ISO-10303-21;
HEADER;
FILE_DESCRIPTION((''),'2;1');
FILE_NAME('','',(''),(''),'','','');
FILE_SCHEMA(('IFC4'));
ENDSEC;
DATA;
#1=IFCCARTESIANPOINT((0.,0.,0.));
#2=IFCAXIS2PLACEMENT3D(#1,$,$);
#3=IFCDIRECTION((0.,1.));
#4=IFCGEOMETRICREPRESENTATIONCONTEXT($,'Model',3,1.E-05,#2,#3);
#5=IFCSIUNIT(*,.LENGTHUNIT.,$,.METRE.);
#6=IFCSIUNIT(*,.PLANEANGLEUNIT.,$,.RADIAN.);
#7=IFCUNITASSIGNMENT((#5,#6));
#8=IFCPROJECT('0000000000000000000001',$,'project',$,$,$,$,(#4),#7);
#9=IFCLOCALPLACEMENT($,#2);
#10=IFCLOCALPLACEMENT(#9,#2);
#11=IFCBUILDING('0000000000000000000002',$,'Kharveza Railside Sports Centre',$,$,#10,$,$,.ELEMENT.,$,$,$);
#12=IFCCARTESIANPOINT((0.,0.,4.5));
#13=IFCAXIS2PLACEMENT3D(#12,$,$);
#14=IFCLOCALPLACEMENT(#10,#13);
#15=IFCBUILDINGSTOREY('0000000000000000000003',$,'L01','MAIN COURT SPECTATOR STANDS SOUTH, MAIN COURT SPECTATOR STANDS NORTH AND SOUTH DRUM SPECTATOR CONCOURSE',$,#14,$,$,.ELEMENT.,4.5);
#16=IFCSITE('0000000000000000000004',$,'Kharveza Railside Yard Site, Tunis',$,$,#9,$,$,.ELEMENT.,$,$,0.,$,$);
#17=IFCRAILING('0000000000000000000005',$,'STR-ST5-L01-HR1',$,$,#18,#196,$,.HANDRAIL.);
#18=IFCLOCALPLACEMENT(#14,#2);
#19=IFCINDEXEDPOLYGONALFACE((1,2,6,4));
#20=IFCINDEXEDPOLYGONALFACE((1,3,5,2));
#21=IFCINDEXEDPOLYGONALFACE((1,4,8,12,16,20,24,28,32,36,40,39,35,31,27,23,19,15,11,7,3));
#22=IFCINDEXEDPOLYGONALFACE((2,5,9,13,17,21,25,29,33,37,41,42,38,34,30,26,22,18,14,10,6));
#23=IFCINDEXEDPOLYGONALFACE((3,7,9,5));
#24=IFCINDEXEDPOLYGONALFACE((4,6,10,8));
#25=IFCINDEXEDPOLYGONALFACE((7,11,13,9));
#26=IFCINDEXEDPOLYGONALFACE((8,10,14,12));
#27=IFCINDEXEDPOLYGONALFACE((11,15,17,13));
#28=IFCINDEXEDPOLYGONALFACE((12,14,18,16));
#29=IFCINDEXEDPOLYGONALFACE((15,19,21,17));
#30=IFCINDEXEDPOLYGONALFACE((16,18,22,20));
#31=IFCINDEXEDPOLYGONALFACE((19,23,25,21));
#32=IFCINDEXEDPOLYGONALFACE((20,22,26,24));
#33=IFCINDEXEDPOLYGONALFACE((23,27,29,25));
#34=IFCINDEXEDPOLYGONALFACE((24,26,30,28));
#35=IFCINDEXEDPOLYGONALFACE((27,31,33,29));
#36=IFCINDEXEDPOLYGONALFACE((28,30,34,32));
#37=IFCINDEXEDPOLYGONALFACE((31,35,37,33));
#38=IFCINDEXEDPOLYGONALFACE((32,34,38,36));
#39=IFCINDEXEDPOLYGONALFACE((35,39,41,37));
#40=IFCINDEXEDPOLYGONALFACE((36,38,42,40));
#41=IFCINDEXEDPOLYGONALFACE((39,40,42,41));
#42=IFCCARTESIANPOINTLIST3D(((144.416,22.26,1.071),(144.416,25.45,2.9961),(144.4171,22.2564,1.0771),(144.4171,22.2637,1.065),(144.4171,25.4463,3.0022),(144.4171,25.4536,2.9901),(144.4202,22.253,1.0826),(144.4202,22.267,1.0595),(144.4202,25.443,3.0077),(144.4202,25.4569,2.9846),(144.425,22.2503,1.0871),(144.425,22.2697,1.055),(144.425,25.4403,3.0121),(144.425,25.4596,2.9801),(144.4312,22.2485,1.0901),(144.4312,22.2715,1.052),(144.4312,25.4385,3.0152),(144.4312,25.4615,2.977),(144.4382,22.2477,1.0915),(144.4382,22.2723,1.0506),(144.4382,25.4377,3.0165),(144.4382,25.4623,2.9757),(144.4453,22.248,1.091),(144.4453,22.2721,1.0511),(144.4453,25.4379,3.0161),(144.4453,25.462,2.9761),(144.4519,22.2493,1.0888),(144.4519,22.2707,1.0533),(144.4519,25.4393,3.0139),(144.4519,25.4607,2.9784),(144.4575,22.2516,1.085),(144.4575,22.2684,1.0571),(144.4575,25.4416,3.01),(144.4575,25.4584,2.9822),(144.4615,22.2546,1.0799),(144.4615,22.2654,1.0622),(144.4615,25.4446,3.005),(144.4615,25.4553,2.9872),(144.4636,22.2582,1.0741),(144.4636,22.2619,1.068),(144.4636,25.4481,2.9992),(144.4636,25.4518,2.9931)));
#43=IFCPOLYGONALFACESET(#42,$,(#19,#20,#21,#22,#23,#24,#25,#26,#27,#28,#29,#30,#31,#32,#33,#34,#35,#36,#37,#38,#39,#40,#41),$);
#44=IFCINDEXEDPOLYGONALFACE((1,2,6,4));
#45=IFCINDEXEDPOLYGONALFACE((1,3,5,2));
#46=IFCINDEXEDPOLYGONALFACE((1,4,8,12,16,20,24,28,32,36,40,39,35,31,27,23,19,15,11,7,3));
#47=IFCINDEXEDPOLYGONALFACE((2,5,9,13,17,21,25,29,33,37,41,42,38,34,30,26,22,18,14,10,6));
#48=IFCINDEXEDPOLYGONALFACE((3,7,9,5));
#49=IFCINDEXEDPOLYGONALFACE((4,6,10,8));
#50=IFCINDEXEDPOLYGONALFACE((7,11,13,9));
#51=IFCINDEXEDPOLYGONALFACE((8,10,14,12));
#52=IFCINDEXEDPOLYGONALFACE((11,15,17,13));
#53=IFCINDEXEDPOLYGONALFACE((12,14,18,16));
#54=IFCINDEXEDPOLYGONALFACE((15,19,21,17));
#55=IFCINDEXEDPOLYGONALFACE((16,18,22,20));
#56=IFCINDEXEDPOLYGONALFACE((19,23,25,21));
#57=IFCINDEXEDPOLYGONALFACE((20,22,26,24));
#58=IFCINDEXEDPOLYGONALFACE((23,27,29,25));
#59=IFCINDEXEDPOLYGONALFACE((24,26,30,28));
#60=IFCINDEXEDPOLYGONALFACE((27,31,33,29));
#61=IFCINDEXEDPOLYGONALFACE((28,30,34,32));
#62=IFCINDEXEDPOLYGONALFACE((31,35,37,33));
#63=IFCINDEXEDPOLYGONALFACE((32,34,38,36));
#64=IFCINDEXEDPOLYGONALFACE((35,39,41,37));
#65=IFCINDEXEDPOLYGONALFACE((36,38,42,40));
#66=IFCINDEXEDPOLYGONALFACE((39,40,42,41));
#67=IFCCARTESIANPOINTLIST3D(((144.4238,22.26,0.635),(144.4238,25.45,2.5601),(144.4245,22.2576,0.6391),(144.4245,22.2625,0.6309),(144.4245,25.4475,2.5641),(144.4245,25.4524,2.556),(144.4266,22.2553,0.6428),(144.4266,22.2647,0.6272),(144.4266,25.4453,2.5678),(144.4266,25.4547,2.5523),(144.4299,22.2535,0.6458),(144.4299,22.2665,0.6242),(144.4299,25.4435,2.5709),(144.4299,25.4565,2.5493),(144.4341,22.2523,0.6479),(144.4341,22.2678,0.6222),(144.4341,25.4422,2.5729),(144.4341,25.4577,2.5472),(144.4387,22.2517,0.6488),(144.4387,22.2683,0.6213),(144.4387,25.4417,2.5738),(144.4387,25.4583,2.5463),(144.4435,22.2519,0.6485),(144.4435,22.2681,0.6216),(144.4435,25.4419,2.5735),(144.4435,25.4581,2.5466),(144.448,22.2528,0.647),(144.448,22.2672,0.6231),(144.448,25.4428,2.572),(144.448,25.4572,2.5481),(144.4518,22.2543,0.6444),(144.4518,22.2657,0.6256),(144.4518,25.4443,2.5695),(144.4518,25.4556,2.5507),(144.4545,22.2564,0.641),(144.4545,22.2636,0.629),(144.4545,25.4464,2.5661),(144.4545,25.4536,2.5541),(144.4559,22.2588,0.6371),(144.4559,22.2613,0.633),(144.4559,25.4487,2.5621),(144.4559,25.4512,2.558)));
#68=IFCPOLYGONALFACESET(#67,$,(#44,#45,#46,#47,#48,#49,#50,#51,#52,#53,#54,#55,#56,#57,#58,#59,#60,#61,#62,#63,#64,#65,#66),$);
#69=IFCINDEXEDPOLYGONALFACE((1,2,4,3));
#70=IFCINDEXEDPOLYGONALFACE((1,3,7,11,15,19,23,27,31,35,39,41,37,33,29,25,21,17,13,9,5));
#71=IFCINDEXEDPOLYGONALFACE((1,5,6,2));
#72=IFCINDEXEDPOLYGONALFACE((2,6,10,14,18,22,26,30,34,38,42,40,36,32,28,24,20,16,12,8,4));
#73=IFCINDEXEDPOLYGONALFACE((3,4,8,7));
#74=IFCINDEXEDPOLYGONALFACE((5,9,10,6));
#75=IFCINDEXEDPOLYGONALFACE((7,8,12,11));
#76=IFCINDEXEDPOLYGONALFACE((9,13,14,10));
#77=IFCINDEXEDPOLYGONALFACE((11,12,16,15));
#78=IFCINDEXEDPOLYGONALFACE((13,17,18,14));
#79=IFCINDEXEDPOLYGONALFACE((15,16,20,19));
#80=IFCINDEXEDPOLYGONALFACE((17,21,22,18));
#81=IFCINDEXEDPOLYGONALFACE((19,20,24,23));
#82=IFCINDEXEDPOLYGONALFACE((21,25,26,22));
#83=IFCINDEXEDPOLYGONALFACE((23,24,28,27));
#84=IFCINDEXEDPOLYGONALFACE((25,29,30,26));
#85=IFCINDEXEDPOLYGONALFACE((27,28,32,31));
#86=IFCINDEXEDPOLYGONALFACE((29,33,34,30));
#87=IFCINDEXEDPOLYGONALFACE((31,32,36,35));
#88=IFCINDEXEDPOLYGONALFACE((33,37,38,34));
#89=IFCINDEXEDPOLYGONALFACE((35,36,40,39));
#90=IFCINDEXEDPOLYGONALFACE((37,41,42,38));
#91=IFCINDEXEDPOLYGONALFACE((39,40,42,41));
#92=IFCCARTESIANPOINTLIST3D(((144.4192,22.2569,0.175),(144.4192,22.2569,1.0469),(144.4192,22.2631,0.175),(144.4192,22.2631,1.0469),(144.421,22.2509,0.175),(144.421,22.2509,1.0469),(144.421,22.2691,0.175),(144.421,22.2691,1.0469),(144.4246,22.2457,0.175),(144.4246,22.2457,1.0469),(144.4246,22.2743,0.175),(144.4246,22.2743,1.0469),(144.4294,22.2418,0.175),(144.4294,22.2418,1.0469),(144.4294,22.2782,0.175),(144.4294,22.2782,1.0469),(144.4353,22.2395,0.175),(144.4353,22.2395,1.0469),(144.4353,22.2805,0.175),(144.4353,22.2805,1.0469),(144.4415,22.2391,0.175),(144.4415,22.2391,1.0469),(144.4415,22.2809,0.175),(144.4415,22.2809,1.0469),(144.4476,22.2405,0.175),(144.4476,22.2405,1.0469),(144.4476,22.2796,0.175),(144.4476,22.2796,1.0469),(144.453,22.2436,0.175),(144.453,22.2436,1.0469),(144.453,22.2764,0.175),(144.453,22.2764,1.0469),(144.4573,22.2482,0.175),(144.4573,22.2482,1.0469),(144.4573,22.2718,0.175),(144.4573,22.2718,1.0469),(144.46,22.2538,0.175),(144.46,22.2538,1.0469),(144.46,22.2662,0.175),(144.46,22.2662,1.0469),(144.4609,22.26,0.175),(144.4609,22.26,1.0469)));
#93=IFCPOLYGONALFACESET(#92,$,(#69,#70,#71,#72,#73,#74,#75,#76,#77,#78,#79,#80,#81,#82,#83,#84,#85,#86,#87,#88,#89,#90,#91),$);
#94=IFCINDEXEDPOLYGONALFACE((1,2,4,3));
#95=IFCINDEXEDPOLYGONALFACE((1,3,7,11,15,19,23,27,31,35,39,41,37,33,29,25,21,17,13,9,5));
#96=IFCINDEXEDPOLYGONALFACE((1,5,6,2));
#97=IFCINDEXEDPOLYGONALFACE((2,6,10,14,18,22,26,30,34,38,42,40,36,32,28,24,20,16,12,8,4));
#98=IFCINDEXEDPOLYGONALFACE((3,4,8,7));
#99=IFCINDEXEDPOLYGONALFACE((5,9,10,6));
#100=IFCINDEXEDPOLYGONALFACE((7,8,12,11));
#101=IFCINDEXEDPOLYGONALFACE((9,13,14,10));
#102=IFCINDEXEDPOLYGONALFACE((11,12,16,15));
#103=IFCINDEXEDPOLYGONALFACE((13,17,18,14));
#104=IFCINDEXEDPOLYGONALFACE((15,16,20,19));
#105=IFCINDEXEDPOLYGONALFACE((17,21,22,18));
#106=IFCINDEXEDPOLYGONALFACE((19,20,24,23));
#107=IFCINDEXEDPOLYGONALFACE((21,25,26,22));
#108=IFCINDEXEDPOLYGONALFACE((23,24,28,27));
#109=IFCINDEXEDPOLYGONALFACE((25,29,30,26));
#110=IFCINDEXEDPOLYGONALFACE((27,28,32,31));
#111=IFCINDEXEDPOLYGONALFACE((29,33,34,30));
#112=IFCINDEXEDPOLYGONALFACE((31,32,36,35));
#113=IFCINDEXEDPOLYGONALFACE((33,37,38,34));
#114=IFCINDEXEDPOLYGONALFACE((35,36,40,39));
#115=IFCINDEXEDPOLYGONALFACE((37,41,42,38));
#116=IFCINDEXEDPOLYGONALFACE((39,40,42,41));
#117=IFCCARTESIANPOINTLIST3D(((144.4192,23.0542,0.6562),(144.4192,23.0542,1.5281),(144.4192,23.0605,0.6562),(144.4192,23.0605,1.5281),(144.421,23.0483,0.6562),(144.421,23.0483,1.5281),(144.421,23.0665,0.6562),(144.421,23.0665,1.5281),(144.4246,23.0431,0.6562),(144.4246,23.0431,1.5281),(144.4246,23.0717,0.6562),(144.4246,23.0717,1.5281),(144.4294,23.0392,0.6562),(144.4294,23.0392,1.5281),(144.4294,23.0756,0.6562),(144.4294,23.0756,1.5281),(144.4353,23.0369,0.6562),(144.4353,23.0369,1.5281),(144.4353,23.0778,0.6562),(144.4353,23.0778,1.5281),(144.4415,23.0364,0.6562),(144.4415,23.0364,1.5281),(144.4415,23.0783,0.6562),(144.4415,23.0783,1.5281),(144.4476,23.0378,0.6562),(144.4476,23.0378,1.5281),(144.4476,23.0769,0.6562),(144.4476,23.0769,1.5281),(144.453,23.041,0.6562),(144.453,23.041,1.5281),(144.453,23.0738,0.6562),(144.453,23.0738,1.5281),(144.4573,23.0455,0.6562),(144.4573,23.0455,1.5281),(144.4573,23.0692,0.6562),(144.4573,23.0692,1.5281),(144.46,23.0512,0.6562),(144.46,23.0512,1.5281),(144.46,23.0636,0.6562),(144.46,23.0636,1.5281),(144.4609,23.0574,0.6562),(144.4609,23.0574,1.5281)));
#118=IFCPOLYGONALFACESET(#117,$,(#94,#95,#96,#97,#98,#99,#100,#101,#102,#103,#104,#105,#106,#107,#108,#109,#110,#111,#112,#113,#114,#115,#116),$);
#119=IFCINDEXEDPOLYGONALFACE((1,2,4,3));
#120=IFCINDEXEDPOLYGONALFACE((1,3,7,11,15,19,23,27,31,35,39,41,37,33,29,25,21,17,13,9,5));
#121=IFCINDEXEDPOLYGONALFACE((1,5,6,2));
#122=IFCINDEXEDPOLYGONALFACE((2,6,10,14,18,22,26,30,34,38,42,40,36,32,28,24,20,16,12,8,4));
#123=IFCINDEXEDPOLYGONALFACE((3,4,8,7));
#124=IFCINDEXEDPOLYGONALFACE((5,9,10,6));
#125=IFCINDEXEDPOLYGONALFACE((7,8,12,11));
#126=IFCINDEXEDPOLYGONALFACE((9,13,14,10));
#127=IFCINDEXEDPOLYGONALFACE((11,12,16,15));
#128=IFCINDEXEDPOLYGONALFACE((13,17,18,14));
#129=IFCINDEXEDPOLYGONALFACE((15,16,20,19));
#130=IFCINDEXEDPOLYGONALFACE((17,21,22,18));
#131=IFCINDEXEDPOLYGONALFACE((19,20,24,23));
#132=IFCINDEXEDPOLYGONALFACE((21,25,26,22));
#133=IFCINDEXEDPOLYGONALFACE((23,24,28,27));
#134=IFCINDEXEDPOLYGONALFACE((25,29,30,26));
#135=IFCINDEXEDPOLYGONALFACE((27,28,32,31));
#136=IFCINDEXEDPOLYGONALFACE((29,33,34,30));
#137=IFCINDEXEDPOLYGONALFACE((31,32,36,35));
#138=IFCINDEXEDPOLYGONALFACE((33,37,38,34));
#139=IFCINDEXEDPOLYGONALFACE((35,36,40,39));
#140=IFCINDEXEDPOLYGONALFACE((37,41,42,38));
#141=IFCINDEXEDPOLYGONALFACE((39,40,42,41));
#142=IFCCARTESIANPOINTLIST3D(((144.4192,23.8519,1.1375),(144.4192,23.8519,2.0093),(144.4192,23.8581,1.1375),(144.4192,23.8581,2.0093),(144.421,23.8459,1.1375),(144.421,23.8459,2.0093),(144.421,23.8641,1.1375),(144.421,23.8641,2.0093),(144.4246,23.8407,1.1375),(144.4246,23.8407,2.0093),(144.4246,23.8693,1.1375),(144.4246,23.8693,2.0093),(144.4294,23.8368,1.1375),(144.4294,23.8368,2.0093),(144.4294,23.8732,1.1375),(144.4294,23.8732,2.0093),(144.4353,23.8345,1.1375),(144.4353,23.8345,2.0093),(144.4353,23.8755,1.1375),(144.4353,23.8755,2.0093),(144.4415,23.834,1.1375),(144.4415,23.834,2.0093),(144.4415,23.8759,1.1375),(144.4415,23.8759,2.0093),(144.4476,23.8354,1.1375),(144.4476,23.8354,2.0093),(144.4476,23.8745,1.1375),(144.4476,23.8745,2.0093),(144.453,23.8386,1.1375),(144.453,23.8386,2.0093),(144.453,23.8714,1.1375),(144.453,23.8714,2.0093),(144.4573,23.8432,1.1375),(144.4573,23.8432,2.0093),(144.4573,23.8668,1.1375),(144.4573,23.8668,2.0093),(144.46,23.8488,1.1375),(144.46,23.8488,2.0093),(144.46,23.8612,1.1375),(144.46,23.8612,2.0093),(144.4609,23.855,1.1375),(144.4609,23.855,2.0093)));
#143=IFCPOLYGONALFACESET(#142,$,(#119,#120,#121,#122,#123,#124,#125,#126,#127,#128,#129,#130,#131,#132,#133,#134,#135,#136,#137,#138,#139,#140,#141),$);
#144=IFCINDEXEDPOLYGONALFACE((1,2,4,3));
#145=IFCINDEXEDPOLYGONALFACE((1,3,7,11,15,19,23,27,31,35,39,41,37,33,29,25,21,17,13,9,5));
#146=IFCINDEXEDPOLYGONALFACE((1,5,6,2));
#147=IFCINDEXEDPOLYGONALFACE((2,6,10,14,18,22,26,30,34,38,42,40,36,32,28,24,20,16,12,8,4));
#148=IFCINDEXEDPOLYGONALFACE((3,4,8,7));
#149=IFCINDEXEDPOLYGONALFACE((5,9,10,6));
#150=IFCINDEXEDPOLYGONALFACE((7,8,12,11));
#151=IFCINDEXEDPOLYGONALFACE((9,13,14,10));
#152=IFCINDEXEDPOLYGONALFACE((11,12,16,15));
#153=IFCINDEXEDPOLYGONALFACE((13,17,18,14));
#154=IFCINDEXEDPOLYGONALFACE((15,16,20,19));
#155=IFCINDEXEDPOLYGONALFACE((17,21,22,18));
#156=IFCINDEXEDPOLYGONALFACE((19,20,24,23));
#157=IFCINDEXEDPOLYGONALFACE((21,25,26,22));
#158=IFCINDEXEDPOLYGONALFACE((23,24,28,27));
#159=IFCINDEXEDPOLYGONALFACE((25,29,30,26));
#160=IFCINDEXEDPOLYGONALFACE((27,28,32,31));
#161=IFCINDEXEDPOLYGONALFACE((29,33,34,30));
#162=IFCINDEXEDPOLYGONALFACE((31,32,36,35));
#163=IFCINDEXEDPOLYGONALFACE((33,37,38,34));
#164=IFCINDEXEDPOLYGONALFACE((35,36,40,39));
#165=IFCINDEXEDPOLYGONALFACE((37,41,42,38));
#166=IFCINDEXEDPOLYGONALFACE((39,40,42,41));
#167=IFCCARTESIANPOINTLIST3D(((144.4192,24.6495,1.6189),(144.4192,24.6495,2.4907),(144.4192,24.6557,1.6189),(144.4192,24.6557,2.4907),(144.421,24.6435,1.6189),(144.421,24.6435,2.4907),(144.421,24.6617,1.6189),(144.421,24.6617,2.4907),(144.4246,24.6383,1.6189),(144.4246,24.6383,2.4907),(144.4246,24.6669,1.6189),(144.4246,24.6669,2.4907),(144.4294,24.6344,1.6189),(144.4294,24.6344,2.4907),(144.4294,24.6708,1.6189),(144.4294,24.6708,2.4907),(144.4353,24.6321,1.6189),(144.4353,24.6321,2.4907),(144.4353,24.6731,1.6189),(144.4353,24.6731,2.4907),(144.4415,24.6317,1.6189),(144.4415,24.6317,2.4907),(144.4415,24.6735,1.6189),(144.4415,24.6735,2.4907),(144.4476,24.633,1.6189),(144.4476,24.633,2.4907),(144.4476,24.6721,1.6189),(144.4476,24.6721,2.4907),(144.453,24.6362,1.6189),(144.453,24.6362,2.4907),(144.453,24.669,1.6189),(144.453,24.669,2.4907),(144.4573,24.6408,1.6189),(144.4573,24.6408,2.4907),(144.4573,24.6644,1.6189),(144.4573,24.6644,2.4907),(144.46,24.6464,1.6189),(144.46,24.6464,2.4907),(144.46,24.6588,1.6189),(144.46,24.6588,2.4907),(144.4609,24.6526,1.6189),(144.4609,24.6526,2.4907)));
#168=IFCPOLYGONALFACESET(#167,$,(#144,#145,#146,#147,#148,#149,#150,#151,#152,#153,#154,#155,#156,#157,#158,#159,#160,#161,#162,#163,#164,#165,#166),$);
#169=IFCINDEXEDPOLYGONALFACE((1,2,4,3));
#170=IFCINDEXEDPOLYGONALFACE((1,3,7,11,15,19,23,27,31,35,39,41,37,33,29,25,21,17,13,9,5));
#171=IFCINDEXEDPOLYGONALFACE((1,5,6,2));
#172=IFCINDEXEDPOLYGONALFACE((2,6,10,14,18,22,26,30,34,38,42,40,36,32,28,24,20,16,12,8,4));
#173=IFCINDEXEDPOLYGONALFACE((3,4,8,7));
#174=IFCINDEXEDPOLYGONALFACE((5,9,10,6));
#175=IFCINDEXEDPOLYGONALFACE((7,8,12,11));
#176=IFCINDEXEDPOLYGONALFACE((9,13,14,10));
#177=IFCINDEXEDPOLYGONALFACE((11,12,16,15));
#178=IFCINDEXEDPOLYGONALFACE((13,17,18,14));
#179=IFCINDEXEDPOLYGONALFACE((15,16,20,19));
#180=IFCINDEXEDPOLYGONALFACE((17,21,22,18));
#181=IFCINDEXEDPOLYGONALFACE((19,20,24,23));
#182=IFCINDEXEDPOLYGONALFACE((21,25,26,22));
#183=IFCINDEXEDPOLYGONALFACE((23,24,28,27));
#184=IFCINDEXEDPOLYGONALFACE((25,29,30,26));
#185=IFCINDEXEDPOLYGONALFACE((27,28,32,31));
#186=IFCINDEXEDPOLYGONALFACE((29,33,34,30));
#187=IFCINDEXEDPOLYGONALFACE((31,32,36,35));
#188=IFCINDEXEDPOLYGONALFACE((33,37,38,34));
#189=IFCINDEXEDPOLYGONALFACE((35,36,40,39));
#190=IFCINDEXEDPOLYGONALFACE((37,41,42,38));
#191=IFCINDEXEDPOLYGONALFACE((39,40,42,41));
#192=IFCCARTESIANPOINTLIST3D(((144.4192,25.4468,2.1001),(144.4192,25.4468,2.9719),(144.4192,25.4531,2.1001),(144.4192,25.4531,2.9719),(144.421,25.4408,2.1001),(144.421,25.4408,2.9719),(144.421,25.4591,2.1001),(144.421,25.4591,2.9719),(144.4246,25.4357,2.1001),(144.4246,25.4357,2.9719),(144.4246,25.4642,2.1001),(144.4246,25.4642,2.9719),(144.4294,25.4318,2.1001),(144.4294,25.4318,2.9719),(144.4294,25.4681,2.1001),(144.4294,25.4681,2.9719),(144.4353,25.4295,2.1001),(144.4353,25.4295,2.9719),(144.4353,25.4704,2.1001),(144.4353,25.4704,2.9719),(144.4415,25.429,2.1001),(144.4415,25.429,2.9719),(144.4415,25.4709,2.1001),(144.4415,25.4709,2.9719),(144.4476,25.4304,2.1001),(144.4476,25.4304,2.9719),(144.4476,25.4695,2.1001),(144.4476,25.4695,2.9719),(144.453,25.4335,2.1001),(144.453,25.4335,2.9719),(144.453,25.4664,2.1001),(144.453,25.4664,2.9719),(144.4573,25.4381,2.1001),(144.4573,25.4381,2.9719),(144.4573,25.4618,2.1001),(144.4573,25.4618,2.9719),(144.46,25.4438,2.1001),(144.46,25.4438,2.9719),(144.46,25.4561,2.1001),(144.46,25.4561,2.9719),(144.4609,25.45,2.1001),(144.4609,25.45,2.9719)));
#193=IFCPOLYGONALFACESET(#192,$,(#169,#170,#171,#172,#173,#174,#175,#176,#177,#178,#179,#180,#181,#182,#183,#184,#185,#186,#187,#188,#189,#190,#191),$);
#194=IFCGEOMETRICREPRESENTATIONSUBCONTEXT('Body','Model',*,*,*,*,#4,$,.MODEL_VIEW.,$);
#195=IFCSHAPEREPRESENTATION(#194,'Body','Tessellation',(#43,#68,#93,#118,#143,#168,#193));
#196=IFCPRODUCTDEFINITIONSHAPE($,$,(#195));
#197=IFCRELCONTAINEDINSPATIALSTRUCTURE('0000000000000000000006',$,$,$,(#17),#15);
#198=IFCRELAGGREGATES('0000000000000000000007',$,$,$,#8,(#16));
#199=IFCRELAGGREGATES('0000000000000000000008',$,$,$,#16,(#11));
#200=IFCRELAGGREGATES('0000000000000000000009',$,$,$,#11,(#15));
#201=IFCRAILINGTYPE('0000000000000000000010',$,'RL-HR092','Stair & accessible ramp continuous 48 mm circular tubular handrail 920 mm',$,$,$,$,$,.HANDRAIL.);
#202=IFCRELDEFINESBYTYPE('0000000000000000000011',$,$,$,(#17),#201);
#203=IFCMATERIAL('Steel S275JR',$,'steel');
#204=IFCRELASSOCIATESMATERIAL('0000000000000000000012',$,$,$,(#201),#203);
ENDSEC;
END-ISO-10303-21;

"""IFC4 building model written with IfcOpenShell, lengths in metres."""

from ifc_helpers import new_model, si_unit, direction, frame, origin, origin_2d, place, context, subcontext, project, spatial, circle, extrude, material, type_object, element, save


model = new_model("IFC4")

# Units and contexts
model_context = context("Model", 3, precision=1e-05, world=origin(), true_north=direction((0.0, 1.0)))
body_context = subcontext(model_context, "Body", "Model", "MODEL_VIEW")
ifc_project = project(units=[si_unit("LENGTHUNIT", "METRE"), si_unit("PLANEANGLEUNIT", "RADIAN")], contexts=[model_context])

# Site, building, storey
site_placement = place(None, origin())
site = spatial("IfcSite", under=ifc_project, at=site_placement, Name="Kharveza Railside Yard Site, Tunis", CompositionType="ELEMENT", RefElevation=0.0)
building_placement = place(site_placement, origin())
building = spatial("IfcBuilding", under=site, at=building_placement, Name="Kharveza Railside Sports Centre", CompositionType="ELEMENT")
storey_placement = place(building_placement, frame((0.0, 0.0, 4.5)))
storey = spatial("IfcBuildingStorey", under=building, at=storey_placement, Name="L01", Description="MAIN COURT SPECTATOR STANDS SOUTH, MAIN COURT SPECTATOR STANDS NORTH AND SOUTH DRUM SPECTATOR CONCOURSE", CompositionType="ELEMENT", Elevation=4.5)

# Railing
ifc_material_1 = material(Name="Steel S275JR", Category="steel")
railing_type_1 = type_object("IfcRailingType", Name="RL-HR092", Description="Stair & accessible ramp continuous 48 mm circular tubular handrail 920 mm", PredefinedType="HANDRAIL", material=ifc_material_1)
railing_1_placement = place(storey_placement, frame((144.4399, 22.26, 0.175)))
element("IfcRailing", 1, at=railing_1_placement, inside=storey, type_object=railing_type_1, Name="STR-ST5-L01-HR1", PredefinedType="HANDRAIL", context=body_context, shape_type="SweptSolid", body=[
    extrude(circle(Radius=0.0239, at=origin_2d()), frame((0.0, 0.0, 0.896), z_axis=(0.0, 0.856178, 0.516682), x_axis=(-1.0, 0.0, 0.0)), (0.0, 0.0, 1.0), 3.7258),
    extrude(circle(Radius=0.0161, at=origin_2d()), frame((0.0, 0.0, 0.46), z_axis=(0.0, 0.856178, 0.516682), x_axis=(-1.0, 0.0, 0.0)), (0.0, 0.0, 1.0), 3.7258),
    extrude(circle(Radius=0.021, at=origin_2d()), origin(), (0.0, 0.0, 1.0), 0.8718),
    extrude(circle(Radius=0.021, at=origin_2d()), frame((0.0, 0.7974, 0.4812)), (0.0, 0.0, 1.0), 0.8718),
    extrude(circle(Radius=0.021, at=origin_2d()), frame((0.0, 1.595, 0.9624)), (0.0, 0.0, 1.0), 0.8718),
    extrude(circle(Radius=0.021, at=origin_2d()), frame((0.0, 2.3926, 1.4438)), (0.0, 0.0, 1.0), 0.8718),
    extrude(circle(Radius=0.021, at=origin_2d()), frame((0.0, 3.1899, 1.925)), (0.0, 0.0, 1.0), 0.8718),
])

save(model, "model.ifc")
